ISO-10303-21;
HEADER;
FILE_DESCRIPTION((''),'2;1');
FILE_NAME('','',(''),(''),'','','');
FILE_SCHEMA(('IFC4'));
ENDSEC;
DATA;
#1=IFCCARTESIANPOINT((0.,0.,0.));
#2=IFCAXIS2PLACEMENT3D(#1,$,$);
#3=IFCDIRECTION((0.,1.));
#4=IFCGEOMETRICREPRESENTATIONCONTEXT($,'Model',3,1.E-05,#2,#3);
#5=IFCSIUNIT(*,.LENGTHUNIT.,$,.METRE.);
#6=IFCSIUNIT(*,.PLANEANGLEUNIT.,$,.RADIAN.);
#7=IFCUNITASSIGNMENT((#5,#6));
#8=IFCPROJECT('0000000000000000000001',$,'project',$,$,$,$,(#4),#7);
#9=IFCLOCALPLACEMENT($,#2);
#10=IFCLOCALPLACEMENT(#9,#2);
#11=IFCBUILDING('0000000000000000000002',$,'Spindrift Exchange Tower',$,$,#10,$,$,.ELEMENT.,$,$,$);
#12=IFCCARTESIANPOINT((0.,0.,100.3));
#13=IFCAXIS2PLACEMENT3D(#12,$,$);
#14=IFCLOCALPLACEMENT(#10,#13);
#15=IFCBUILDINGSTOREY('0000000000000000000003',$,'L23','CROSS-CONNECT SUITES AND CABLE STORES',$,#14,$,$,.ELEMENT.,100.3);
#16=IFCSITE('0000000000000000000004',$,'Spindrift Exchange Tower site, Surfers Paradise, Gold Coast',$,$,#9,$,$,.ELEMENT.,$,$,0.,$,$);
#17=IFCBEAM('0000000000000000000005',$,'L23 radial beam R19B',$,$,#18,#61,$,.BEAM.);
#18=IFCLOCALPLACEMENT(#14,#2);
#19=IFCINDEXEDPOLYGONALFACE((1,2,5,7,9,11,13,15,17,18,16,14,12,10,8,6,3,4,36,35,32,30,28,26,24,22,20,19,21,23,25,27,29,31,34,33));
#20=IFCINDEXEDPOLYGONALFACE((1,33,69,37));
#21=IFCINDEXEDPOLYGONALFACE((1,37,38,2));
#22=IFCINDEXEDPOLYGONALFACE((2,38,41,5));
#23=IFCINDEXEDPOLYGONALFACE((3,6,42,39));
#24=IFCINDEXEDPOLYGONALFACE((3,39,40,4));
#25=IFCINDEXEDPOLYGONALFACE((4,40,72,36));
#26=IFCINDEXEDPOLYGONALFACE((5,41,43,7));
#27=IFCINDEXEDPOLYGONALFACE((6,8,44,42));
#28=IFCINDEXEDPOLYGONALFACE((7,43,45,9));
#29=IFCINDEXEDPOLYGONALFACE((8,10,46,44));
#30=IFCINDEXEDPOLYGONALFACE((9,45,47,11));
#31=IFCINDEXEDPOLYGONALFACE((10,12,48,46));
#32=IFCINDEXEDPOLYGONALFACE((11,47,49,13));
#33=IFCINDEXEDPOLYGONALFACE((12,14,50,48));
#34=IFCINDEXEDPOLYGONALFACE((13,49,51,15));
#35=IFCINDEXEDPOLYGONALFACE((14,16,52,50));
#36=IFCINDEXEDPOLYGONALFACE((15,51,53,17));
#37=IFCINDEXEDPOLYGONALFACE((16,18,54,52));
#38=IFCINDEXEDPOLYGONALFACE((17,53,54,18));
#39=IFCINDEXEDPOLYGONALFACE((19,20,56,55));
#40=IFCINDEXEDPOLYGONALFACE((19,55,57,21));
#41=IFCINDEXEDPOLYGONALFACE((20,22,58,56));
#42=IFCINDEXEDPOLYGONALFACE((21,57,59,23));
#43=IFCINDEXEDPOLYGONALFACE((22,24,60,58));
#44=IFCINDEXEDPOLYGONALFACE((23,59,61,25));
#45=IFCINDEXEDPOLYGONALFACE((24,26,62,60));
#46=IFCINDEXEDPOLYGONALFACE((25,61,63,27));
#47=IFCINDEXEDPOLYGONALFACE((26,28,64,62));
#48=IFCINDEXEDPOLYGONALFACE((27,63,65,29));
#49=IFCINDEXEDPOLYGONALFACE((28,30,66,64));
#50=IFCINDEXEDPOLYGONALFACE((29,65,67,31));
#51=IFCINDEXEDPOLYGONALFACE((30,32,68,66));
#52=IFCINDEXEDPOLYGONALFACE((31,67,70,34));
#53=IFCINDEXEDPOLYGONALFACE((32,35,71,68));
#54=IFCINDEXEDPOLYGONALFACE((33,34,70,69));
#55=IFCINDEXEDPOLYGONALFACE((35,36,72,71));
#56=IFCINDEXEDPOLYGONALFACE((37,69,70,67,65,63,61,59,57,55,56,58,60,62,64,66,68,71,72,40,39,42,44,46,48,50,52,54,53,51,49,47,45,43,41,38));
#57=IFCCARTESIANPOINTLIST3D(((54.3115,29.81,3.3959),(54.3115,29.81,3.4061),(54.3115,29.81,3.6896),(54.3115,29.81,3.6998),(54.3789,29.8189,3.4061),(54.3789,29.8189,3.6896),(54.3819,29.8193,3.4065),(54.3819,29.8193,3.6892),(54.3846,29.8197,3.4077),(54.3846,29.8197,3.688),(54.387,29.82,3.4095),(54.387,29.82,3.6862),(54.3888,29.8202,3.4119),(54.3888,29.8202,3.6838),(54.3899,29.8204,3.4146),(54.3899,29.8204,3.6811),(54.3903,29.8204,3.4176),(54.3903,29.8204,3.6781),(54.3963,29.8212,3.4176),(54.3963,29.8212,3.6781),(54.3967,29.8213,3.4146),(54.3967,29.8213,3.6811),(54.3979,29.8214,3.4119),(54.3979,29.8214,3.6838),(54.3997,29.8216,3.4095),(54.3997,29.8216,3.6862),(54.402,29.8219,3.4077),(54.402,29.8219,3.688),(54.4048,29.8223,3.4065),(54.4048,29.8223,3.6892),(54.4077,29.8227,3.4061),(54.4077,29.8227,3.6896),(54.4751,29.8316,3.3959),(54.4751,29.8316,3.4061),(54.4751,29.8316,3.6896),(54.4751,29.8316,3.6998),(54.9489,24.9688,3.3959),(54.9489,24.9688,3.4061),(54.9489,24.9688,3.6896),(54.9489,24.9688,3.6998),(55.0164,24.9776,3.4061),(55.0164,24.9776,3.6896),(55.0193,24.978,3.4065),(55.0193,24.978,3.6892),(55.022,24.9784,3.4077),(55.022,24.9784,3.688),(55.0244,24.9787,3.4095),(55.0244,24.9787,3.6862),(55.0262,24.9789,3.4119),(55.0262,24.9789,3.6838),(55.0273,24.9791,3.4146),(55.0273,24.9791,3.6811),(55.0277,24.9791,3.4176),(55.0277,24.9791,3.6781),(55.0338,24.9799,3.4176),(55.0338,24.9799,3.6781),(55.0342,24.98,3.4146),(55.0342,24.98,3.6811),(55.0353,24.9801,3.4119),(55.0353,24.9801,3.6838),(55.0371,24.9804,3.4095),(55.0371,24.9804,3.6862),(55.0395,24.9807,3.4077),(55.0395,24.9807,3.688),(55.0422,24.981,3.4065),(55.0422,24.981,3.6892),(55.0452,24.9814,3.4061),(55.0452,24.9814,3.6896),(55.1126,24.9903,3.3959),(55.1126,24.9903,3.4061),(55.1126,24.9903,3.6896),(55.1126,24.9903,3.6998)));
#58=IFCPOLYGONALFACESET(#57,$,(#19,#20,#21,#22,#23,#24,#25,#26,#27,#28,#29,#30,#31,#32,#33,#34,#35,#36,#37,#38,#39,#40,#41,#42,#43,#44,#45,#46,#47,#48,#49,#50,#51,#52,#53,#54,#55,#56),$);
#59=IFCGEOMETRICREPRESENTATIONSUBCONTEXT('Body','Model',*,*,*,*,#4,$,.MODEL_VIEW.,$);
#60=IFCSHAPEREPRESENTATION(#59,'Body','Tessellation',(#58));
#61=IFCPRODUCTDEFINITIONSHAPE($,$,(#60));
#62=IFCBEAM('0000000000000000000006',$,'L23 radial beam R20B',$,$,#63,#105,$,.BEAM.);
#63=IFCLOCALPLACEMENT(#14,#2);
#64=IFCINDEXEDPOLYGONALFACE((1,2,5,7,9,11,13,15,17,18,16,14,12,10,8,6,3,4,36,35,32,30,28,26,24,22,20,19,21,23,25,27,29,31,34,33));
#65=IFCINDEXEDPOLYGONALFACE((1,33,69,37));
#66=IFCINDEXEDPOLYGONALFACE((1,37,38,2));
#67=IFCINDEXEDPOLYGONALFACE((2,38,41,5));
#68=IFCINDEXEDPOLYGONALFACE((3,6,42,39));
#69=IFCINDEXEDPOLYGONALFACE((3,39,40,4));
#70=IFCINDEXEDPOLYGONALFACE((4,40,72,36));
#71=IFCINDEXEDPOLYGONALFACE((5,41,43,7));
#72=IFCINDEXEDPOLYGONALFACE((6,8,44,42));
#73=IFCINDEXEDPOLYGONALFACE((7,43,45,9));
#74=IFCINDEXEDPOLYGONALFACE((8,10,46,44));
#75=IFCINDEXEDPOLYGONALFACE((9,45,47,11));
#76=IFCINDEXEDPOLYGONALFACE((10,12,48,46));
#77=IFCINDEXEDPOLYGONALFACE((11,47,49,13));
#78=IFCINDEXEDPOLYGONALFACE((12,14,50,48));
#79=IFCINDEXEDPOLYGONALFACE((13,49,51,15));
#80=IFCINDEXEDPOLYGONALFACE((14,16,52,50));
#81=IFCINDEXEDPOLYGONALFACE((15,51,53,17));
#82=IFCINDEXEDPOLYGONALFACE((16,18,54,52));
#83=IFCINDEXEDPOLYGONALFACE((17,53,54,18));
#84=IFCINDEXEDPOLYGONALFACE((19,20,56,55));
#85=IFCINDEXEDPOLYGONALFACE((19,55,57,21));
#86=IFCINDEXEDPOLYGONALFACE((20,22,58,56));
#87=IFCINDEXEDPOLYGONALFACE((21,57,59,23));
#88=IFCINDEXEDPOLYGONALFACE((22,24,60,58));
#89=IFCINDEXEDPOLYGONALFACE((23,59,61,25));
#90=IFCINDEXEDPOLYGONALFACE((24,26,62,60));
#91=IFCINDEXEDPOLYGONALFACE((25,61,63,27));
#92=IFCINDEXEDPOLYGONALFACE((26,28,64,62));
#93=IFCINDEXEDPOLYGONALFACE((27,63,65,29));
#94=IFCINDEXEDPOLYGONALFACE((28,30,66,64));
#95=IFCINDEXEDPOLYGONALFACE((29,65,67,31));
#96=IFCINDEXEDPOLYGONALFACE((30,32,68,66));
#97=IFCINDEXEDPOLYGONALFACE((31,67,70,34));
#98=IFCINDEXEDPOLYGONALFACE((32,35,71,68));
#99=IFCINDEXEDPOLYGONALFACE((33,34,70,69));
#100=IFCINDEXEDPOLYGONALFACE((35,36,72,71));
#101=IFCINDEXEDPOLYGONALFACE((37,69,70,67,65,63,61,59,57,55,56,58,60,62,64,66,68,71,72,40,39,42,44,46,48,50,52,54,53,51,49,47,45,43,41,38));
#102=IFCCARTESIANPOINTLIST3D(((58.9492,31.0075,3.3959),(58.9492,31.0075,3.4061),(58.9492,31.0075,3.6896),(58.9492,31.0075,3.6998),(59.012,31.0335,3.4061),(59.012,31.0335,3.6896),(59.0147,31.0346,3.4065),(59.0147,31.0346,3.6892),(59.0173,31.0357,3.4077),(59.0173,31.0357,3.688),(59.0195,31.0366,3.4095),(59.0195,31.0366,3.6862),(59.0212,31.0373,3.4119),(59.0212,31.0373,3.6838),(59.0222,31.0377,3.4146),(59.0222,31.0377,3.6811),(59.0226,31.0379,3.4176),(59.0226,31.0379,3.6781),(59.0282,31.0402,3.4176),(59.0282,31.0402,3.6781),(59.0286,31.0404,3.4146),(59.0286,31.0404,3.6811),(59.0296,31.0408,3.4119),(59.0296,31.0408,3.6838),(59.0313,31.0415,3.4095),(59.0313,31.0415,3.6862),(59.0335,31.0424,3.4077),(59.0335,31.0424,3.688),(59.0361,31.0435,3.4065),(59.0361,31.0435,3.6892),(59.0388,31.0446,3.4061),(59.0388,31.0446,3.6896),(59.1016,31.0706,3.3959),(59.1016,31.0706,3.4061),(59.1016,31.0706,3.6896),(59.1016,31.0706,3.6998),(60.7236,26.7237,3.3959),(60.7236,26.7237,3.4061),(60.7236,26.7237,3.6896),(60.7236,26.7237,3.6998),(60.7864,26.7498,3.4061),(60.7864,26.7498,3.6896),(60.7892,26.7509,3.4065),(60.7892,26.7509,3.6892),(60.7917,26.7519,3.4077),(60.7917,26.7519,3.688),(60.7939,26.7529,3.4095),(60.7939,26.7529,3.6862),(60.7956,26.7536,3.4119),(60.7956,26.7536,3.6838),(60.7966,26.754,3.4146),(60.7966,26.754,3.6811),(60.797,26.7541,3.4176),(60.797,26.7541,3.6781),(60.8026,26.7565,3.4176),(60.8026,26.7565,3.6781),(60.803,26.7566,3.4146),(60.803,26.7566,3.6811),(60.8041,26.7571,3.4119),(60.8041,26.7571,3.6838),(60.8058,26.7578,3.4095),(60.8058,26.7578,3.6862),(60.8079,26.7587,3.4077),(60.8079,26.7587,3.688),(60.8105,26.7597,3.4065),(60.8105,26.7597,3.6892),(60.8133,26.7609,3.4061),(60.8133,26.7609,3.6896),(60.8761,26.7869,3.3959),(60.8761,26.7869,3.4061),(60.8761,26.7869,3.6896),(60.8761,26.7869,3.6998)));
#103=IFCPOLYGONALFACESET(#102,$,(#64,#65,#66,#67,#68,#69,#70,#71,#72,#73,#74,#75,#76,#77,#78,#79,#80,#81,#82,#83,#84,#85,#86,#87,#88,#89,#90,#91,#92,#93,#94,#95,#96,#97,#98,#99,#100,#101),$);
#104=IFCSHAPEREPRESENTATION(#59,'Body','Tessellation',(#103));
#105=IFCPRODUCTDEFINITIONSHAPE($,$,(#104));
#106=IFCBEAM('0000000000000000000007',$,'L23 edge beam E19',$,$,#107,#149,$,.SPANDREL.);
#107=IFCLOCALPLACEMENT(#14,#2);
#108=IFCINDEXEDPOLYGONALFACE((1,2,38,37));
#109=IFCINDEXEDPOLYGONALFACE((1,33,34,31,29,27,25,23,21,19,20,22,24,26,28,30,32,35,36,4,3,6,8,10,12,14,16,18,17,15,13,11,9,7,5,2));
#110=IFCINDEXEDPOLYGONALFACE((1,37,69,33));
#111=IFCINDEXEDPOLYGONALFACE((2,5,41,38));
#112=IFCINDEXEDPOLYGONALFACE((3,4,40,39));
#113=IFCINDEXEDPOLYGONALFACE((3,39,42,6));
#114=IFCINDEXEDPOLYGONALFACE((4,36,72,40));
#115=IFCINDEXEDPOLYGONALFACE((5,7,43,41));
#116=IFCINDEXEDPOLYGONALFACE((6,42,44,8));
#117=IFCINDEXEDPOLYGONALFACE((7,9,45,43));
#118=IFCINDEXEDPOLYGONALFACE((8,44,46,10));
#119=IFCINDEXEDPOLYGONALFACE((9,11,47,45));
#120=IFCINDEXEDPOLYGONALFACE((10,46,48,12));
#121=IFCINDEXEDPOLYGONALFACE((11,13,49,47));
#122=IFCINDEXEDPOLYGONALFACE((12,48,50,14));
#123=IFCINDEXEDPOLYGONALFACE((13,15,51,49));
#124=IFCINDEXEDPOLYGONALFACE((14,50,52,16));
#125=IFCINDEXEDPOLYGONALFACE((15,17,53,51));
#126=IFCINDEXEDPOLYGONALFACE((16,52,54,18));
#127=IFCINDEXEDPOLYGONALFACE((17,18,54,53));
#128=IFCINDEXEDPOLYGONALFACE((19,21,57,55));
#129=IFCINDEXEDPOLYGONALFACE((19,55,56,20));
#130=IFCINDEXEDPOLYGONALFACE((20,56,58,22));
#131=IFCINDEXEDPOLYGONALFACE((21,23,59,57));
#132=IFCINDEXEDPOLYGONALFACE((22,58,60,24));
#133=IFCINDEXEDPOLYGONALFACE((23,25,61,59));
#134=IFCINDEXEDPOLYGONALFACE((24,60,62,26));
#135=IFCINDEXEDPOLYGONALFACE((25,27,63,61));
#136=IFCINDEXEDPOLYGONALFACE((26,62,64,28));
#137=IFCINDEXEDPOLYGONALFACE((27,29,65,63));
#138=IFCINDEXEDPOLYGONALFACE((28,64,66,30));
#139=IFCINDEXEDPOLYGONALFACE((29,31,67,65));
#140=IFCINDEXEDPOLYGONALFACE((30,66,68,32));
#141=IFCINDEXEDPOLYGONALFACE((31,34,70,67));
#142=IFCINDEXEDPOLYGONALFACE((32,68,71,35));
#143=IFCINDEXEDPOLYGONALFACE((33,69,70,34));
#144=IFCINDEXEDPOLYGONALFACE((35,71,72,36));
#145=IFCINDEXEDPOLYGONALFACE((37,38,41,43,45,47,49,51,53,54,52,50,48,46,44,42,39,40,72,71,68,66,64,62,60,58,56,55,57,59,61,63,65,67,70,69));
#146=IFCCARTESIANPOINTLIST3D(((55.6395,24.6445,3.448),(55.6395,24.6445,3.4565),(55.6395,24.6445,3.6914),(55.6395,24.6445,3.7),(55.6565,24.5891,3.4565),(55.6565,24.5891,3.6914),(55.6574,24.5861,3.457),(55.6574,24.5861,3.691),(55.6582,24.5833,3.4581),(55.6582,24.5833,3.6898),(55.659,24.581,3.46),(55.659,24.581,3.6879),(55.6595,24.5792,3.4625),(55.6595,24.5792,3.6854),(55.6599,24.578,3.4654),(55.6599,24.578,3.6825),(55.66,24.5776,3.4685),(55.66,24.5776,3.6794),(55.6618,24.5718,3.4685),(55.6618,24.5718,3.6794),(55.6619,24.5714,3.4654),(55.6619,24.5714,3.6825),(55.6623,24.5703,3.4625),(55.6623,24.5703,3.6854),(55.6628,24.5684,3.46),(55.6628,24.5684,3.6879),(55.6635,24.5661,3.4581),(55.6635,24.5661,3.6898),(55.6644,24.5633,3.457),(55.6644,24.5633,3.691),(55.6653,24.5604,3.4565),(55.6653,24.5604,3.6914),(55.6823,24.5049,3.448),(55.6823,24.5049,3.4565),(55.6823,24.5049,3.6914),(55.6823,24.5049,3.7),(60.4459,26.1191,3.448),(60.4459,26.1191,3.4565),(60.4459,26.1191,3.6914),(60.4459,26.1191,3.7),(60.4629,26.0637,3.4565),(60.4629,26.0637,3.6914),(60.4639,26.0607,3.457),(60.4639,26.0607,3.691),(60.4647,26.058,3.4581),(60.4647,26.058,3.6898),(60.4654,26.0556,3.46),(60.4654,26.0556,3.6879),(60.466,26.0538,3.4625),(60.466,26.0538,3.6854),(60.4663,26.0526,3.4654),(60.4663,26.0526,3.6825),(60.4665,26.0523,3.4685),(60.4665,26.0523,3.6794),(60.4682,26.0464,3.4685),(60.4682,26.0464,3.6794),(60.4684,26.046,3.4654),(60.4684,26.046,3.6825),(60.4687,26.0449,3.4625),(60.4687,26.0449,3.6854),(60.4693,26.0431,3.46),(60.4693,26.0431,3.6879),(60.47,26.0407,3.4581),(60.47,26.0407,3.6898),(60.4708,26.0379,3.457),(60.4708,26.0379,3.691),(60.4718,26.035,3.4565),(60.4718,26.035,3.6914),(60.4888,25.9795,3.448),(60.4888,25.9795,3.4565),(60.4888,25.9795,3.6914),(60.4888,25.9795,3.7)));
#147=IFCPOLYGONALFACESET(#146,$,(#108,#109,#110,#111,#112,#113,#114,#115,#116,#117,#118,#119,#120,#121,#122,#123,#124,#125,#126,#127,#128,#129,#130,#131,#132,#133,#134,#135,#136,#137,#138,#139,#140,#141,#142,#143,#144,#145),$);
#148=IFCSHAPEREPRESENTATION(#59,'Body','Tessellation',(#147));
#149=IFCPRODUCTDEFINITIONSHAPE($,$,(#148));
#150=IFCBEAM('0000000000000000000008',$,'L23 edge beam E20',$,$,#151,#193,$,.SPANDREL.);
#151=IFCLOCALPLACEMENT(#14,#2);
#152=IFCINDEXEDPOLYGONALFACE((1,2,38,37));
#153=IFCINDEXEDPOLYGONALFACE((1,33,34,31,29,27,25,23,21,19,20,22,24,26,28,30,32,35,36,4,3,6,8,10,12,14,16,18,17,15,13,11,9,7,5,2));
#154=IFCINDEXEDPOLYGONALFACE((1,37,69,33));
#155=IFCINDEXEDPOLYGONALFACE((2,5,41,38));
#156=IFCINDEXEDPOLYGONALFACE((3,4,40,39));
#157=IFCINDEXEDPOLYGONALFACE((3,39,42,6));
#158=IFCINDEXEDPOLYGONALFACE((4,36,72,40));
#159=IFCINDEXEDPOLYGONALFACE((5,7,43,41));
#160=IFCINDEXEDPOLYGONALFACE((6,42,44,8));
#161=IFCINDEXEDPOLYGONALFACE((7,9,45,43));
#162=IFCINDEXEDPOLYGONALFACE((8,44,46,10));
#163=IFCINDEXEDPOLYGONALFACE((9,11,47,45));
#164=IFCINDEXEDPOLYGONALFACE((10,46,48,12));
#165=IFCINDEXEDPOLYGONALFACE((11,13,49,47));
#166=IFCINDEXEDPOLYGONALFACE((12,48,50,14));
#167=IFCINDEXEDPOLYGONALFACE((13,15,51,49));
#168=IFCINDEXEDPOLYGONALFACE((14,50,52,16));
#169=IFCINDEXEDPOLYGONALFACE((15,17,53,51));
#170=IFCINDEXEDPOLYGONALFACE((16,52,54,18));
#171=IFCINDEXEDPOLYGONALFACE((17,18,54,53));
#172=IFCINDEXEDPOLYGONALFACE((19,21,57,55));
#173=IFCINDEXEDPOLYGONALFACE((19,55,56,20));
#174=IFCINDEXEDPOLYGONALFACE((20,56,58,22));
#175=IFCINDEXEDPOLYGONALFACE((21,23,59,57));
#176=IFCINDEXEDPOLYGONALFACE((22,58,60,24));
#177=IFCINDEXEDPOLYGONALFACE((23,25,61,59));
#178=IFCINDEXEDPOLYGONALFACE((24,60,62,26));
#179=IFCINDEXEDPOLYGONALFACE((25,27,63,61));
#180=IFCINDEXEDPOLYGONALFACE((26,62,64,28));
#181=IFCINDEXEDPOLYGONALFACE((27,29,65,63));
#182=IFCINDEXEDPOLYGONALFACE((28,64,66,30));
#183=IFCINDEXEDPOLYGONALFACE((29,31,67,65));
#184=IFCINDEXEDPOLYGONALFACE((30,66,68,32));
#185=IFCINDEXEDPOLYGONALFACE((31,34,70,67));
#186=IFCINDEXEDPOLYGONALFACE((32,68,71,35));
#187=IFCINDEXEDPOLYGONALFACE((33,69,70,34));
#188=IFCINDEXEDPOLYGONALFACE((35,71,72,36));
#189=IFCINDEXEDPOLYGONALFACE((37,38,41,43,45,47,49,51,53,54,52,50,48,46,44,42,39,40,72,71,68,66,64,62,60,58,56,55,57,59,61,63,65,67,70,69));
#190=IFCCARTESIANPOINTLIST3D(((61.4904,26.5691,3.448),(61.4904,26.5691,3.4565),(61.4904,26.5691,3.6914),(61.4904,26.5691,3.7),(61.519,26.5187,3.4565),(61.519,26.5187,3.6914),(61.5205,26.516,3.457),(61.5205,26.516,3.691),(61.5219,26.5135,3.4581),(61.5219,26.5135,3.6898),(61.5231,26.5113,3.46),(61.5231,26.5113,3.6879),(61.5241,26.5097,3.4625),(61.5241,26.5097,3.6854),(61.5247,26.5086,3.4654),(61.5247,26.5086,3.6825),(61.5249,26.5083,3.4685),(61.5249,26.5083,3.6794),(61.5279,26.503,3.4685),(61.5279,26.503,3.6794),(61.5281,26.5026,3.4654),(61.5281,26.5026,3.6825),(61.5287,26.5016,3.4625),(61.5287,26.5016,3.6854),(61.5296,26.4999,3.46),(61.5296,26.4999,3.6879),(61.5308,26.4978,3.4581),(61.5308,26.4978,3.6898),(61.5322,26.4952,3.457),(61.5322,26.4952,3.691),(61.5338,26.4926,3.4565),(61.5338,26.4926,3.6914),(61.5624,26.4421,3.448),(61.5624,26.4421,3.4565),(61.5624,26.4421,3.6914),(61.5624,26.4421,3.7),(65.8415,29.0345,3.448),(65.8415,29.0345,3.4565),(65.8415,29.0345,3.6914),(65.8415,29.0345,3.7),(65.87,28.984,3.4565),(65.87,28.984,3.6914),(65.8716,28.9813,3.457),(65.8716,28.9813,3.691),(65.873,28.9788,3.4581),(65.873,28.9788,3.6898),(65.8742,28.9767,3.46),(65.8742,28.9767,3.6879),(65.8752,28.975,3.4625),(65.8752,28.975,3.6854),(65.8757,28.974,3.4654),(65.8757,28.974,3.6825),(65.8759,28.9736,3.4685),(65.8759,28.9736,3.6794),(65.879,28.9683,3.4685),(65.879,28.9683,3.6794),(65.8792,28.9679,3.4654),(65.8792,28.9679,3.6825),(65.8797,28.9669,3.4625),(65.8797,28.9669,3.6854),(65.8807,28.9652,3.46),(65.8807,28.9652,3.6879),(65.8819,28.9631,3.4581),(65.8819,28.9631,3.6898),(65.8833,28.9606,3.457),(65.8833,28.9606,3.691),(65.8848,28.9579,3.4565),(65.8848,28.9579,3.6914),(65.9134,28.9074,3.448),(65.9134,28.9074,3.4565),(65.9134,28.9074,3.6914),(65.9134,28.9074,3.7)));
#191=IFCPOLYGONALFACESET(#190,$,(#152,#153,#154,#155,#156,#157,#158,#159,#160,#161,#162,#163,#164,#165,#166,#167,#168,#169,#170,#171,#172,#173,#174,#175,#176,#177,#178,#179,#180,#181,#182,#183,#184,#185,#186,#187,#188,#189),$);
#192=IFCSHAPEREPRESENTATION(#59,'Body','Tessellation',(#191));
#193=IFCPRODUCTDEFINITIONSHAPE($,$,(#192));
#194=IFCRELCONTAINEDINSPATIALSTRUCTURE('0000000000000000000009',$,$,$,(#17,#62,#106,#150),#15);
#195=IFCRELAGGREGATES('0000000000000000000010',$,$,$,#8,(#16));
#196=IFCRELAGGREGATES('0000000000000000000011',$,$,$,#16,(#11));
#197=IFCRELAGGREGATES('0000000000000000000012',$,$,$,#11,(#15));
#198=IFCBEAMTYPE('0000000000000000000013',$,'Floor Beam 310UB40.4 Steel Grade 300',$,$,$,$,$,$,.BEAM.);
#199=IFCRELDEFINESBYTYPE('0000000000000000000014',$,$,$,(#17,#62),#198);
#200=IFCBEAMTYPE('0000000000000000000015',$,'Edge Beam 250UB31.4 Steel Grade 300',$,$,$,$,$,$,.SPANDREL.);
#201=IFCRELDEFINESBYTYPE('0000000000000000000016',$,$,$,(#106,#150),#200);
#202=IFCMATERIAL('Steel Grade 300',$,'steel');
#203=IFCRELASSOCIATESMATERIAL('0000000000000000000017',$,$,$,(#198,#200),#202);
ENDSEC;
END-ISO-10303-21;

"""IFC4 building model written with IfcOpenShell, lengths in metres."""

from ifc_helpers import new_model, si_unit, direction, frame, origin, origin_2d, place, context, subcontext, project, spatial, i_section, extrude, source, transform, mapped, material, material_profile, profile_set, type_object, element, save


model = new_model("IFC4")

# Units and contexts
model_context = context("Model", 3, precision=1e-05, world=origin(), true_north=direction((0.0, 1.0)))
body_context = subcontext(model_context, "Body", "Model", "MODEL_VIEW")
ifc_project = project(units=[si_unit("LENGTHUNIT", "METRE"), si_unit("PLANEANGLEUNIT", "RADIAN")], contexts=[model_context])

# Site, building, storey
site_placement = place(None, origin())
site = spatial("IfcSite", under=ifc_project, at=site_placement, Name="Spindrift Exchange Tower site, Surfers Paradise, Gold Coast", CompositionType="ELEMENT", RefElevation=0.0)
building_placement = place(site_placement, origin())
building = spatial("IfcBuilding", under=site, at=building_placement, Name="Spindrift Exchange Tower", CompositionType="ELEMENT")
storey_placement = place(building_placement, frame((0.0, 0.0, 100.3)))
storey = spatial("IfcBuildingStorey", under=building, at=storey_placement, Name="L23", Description="CROSS-CONNECT SUITES AND CABLE STORES", CompositionType="ELEMENT", Elevation=100.3)

# Beams
ifc_material_1 = material(Name="Steel Grade 300", Category="steel")
ifc_material_profile_1 = material_profile(ifc_material_1, i_section(OverallWidth=0.165, OverallDepth=0.304, WebThickness=0.0061, FlangeThickness=0.0103, FilletRadius=0.0115, at=origin_2d()), Name="310UB40.4")
ifc_profile_set_1 = profile_set([ifc_material_profile_1], Name="Steel Grade 300")
beam_type_1 = type_object("IfcBeamType", Name="Floor Beam 310UB40.4 Steel Grade 300", PredefinedType="BEAM", material=ifc_profile_set_1)
shared_shape_1 = source(origin(), body_context, "Body", "SweptSolid", [
    extrude(i_section(OverallWidth=0.165, OverallDepth=0.304, WebThickness=0.0061, FlangeThickness=0.0103, FilletRadius=0.0115, at=origin_2d()), origin(), (0.0, 0.0, 1.0), 4.8831),
])
beam_1_placement = place(storey_placement, frame((54.3933, 29.8208, 3.5479), z_axis=(0.130542, -0.991443, 0.0), x_axis=(0.991443, 0.130542, 0.0)))
element("IfcBeam", 1, at=beam_1_placement, inside=storey, type_object=beam_type_1, Name="L23 radial beam R19B", PredefinedType="BEAM", context=body_context, shape_type="MappedRepresentation", body=[
    mapped(shared_shape_1, transform((0.0, 0.0, 0.0), scale=1.0)),
])
shared_shape_2 = source(origin(), body_context, "Body", "SweptSolid", [
    extrude(i_section(OverallWidth=0.165, OverallDepth=0.304, WebThickness=0.0061, FlangeThickness=0.0103, FilletRadius=0.0115, at=origin_2d()), origin(), (0.0, 0.0, 1.0), 4.6367),
])
beam_2_placement = place(storey_placement, frame((59.0254, 31.0391, 3.5479), z_axis=(0.382693, -0.923876, 0.0), x_axis=(0.923876, 0.382693, 0.0)))
element("IfcBeam", 2, at=beam_2_placement, inside=storey, type_object=beam_type_1, Name="L23 radial beam R20B", PredefinedType="BEAM", context=body_context, shape_type="MappedRepresentation", body=[
    mapped(shared_shape_2, transform((0.0, 0.0, 0.0), scale=1.0)),
])
ifc_material_profile_2 = material_profile(ifc_material_1, i_section(OverallWidth=0.146, OverallDepth=0.252, WebThickness=0.0061, FlangeThickness=0.0085, FilletRadius=0.012, at=origin_2d()), Name="250UB31.4")
ifc_profile_set_2 = profile_set([ifc_material_profile_2], Name="Steel Grade 300")
beam_type_2 = type_object("IfcBeamType", Name="Edge Beam 250UB31.4 Steel Grade 300", PredefinedType="SPANDREL", material=ifc_profile_set_2)
shared_shape_3 = source(origin(), body_context, "Body", "SweptSolid", [
    extrude(i_section(OverallWidth=0.146, OverallDepth=0.252, WebThickness=0.0061, FlangeThickness=0.0085, FilletRadius=0.012, at=origin_2d()), origin(), (0.0, 0.0, 1.0), 5.0276),
])
beam_3_placement = place(storey_placement, frame((55.6609, 24.5747, 3.574), z_axis=(0.956018, 0.293308, 0.0), x_axis=(-0.293308, 0.956018, 0.0)))
element("IfcBeam", 3, at=beam_3_placement, inside=storey, type_object=beam_type_2, Name="L23 edge beam E19", PredefinedType="SPANDREL", context=body_context, shape_type="MappedRepresentation", body=[
    mapped(shared_shape_3, transform((0.0, 0.0, 0.0), scale=1.0)),
])
shared_shape_4 = source(origin(), body_context, "Body", "SweptSolid", [
    extrude(i_section(OverallWidth=0.146, OverallDepth=0.252, WebThickness=0.0061, FlangeThickness=0.0085, FilletRadius=0.012, at=origin_2d()), origin(), (0.0, 0.0, 1.0), 5.001),
])
beam_4_placement = place(storey_placement, frame((61.5264, 26.5056, 3.574), z_axis=(0.870046, 0.492971, 0.0), x_axis=(-0.492971, 0.870046, 0.0)))
element("IfcBeam", 4, at=beam_4_placement, inside=storey, type_object=beam_type_2, Name="L23 edge beam E20", PredefinedType="SPANDREL", context=body_context, shape_type="MappedRepresentation", body=[
    mapped(shared_shape_4, transform((0.0, 0.0, 0.0), scale=1.0)),
])

save(model, "model.ifc")
